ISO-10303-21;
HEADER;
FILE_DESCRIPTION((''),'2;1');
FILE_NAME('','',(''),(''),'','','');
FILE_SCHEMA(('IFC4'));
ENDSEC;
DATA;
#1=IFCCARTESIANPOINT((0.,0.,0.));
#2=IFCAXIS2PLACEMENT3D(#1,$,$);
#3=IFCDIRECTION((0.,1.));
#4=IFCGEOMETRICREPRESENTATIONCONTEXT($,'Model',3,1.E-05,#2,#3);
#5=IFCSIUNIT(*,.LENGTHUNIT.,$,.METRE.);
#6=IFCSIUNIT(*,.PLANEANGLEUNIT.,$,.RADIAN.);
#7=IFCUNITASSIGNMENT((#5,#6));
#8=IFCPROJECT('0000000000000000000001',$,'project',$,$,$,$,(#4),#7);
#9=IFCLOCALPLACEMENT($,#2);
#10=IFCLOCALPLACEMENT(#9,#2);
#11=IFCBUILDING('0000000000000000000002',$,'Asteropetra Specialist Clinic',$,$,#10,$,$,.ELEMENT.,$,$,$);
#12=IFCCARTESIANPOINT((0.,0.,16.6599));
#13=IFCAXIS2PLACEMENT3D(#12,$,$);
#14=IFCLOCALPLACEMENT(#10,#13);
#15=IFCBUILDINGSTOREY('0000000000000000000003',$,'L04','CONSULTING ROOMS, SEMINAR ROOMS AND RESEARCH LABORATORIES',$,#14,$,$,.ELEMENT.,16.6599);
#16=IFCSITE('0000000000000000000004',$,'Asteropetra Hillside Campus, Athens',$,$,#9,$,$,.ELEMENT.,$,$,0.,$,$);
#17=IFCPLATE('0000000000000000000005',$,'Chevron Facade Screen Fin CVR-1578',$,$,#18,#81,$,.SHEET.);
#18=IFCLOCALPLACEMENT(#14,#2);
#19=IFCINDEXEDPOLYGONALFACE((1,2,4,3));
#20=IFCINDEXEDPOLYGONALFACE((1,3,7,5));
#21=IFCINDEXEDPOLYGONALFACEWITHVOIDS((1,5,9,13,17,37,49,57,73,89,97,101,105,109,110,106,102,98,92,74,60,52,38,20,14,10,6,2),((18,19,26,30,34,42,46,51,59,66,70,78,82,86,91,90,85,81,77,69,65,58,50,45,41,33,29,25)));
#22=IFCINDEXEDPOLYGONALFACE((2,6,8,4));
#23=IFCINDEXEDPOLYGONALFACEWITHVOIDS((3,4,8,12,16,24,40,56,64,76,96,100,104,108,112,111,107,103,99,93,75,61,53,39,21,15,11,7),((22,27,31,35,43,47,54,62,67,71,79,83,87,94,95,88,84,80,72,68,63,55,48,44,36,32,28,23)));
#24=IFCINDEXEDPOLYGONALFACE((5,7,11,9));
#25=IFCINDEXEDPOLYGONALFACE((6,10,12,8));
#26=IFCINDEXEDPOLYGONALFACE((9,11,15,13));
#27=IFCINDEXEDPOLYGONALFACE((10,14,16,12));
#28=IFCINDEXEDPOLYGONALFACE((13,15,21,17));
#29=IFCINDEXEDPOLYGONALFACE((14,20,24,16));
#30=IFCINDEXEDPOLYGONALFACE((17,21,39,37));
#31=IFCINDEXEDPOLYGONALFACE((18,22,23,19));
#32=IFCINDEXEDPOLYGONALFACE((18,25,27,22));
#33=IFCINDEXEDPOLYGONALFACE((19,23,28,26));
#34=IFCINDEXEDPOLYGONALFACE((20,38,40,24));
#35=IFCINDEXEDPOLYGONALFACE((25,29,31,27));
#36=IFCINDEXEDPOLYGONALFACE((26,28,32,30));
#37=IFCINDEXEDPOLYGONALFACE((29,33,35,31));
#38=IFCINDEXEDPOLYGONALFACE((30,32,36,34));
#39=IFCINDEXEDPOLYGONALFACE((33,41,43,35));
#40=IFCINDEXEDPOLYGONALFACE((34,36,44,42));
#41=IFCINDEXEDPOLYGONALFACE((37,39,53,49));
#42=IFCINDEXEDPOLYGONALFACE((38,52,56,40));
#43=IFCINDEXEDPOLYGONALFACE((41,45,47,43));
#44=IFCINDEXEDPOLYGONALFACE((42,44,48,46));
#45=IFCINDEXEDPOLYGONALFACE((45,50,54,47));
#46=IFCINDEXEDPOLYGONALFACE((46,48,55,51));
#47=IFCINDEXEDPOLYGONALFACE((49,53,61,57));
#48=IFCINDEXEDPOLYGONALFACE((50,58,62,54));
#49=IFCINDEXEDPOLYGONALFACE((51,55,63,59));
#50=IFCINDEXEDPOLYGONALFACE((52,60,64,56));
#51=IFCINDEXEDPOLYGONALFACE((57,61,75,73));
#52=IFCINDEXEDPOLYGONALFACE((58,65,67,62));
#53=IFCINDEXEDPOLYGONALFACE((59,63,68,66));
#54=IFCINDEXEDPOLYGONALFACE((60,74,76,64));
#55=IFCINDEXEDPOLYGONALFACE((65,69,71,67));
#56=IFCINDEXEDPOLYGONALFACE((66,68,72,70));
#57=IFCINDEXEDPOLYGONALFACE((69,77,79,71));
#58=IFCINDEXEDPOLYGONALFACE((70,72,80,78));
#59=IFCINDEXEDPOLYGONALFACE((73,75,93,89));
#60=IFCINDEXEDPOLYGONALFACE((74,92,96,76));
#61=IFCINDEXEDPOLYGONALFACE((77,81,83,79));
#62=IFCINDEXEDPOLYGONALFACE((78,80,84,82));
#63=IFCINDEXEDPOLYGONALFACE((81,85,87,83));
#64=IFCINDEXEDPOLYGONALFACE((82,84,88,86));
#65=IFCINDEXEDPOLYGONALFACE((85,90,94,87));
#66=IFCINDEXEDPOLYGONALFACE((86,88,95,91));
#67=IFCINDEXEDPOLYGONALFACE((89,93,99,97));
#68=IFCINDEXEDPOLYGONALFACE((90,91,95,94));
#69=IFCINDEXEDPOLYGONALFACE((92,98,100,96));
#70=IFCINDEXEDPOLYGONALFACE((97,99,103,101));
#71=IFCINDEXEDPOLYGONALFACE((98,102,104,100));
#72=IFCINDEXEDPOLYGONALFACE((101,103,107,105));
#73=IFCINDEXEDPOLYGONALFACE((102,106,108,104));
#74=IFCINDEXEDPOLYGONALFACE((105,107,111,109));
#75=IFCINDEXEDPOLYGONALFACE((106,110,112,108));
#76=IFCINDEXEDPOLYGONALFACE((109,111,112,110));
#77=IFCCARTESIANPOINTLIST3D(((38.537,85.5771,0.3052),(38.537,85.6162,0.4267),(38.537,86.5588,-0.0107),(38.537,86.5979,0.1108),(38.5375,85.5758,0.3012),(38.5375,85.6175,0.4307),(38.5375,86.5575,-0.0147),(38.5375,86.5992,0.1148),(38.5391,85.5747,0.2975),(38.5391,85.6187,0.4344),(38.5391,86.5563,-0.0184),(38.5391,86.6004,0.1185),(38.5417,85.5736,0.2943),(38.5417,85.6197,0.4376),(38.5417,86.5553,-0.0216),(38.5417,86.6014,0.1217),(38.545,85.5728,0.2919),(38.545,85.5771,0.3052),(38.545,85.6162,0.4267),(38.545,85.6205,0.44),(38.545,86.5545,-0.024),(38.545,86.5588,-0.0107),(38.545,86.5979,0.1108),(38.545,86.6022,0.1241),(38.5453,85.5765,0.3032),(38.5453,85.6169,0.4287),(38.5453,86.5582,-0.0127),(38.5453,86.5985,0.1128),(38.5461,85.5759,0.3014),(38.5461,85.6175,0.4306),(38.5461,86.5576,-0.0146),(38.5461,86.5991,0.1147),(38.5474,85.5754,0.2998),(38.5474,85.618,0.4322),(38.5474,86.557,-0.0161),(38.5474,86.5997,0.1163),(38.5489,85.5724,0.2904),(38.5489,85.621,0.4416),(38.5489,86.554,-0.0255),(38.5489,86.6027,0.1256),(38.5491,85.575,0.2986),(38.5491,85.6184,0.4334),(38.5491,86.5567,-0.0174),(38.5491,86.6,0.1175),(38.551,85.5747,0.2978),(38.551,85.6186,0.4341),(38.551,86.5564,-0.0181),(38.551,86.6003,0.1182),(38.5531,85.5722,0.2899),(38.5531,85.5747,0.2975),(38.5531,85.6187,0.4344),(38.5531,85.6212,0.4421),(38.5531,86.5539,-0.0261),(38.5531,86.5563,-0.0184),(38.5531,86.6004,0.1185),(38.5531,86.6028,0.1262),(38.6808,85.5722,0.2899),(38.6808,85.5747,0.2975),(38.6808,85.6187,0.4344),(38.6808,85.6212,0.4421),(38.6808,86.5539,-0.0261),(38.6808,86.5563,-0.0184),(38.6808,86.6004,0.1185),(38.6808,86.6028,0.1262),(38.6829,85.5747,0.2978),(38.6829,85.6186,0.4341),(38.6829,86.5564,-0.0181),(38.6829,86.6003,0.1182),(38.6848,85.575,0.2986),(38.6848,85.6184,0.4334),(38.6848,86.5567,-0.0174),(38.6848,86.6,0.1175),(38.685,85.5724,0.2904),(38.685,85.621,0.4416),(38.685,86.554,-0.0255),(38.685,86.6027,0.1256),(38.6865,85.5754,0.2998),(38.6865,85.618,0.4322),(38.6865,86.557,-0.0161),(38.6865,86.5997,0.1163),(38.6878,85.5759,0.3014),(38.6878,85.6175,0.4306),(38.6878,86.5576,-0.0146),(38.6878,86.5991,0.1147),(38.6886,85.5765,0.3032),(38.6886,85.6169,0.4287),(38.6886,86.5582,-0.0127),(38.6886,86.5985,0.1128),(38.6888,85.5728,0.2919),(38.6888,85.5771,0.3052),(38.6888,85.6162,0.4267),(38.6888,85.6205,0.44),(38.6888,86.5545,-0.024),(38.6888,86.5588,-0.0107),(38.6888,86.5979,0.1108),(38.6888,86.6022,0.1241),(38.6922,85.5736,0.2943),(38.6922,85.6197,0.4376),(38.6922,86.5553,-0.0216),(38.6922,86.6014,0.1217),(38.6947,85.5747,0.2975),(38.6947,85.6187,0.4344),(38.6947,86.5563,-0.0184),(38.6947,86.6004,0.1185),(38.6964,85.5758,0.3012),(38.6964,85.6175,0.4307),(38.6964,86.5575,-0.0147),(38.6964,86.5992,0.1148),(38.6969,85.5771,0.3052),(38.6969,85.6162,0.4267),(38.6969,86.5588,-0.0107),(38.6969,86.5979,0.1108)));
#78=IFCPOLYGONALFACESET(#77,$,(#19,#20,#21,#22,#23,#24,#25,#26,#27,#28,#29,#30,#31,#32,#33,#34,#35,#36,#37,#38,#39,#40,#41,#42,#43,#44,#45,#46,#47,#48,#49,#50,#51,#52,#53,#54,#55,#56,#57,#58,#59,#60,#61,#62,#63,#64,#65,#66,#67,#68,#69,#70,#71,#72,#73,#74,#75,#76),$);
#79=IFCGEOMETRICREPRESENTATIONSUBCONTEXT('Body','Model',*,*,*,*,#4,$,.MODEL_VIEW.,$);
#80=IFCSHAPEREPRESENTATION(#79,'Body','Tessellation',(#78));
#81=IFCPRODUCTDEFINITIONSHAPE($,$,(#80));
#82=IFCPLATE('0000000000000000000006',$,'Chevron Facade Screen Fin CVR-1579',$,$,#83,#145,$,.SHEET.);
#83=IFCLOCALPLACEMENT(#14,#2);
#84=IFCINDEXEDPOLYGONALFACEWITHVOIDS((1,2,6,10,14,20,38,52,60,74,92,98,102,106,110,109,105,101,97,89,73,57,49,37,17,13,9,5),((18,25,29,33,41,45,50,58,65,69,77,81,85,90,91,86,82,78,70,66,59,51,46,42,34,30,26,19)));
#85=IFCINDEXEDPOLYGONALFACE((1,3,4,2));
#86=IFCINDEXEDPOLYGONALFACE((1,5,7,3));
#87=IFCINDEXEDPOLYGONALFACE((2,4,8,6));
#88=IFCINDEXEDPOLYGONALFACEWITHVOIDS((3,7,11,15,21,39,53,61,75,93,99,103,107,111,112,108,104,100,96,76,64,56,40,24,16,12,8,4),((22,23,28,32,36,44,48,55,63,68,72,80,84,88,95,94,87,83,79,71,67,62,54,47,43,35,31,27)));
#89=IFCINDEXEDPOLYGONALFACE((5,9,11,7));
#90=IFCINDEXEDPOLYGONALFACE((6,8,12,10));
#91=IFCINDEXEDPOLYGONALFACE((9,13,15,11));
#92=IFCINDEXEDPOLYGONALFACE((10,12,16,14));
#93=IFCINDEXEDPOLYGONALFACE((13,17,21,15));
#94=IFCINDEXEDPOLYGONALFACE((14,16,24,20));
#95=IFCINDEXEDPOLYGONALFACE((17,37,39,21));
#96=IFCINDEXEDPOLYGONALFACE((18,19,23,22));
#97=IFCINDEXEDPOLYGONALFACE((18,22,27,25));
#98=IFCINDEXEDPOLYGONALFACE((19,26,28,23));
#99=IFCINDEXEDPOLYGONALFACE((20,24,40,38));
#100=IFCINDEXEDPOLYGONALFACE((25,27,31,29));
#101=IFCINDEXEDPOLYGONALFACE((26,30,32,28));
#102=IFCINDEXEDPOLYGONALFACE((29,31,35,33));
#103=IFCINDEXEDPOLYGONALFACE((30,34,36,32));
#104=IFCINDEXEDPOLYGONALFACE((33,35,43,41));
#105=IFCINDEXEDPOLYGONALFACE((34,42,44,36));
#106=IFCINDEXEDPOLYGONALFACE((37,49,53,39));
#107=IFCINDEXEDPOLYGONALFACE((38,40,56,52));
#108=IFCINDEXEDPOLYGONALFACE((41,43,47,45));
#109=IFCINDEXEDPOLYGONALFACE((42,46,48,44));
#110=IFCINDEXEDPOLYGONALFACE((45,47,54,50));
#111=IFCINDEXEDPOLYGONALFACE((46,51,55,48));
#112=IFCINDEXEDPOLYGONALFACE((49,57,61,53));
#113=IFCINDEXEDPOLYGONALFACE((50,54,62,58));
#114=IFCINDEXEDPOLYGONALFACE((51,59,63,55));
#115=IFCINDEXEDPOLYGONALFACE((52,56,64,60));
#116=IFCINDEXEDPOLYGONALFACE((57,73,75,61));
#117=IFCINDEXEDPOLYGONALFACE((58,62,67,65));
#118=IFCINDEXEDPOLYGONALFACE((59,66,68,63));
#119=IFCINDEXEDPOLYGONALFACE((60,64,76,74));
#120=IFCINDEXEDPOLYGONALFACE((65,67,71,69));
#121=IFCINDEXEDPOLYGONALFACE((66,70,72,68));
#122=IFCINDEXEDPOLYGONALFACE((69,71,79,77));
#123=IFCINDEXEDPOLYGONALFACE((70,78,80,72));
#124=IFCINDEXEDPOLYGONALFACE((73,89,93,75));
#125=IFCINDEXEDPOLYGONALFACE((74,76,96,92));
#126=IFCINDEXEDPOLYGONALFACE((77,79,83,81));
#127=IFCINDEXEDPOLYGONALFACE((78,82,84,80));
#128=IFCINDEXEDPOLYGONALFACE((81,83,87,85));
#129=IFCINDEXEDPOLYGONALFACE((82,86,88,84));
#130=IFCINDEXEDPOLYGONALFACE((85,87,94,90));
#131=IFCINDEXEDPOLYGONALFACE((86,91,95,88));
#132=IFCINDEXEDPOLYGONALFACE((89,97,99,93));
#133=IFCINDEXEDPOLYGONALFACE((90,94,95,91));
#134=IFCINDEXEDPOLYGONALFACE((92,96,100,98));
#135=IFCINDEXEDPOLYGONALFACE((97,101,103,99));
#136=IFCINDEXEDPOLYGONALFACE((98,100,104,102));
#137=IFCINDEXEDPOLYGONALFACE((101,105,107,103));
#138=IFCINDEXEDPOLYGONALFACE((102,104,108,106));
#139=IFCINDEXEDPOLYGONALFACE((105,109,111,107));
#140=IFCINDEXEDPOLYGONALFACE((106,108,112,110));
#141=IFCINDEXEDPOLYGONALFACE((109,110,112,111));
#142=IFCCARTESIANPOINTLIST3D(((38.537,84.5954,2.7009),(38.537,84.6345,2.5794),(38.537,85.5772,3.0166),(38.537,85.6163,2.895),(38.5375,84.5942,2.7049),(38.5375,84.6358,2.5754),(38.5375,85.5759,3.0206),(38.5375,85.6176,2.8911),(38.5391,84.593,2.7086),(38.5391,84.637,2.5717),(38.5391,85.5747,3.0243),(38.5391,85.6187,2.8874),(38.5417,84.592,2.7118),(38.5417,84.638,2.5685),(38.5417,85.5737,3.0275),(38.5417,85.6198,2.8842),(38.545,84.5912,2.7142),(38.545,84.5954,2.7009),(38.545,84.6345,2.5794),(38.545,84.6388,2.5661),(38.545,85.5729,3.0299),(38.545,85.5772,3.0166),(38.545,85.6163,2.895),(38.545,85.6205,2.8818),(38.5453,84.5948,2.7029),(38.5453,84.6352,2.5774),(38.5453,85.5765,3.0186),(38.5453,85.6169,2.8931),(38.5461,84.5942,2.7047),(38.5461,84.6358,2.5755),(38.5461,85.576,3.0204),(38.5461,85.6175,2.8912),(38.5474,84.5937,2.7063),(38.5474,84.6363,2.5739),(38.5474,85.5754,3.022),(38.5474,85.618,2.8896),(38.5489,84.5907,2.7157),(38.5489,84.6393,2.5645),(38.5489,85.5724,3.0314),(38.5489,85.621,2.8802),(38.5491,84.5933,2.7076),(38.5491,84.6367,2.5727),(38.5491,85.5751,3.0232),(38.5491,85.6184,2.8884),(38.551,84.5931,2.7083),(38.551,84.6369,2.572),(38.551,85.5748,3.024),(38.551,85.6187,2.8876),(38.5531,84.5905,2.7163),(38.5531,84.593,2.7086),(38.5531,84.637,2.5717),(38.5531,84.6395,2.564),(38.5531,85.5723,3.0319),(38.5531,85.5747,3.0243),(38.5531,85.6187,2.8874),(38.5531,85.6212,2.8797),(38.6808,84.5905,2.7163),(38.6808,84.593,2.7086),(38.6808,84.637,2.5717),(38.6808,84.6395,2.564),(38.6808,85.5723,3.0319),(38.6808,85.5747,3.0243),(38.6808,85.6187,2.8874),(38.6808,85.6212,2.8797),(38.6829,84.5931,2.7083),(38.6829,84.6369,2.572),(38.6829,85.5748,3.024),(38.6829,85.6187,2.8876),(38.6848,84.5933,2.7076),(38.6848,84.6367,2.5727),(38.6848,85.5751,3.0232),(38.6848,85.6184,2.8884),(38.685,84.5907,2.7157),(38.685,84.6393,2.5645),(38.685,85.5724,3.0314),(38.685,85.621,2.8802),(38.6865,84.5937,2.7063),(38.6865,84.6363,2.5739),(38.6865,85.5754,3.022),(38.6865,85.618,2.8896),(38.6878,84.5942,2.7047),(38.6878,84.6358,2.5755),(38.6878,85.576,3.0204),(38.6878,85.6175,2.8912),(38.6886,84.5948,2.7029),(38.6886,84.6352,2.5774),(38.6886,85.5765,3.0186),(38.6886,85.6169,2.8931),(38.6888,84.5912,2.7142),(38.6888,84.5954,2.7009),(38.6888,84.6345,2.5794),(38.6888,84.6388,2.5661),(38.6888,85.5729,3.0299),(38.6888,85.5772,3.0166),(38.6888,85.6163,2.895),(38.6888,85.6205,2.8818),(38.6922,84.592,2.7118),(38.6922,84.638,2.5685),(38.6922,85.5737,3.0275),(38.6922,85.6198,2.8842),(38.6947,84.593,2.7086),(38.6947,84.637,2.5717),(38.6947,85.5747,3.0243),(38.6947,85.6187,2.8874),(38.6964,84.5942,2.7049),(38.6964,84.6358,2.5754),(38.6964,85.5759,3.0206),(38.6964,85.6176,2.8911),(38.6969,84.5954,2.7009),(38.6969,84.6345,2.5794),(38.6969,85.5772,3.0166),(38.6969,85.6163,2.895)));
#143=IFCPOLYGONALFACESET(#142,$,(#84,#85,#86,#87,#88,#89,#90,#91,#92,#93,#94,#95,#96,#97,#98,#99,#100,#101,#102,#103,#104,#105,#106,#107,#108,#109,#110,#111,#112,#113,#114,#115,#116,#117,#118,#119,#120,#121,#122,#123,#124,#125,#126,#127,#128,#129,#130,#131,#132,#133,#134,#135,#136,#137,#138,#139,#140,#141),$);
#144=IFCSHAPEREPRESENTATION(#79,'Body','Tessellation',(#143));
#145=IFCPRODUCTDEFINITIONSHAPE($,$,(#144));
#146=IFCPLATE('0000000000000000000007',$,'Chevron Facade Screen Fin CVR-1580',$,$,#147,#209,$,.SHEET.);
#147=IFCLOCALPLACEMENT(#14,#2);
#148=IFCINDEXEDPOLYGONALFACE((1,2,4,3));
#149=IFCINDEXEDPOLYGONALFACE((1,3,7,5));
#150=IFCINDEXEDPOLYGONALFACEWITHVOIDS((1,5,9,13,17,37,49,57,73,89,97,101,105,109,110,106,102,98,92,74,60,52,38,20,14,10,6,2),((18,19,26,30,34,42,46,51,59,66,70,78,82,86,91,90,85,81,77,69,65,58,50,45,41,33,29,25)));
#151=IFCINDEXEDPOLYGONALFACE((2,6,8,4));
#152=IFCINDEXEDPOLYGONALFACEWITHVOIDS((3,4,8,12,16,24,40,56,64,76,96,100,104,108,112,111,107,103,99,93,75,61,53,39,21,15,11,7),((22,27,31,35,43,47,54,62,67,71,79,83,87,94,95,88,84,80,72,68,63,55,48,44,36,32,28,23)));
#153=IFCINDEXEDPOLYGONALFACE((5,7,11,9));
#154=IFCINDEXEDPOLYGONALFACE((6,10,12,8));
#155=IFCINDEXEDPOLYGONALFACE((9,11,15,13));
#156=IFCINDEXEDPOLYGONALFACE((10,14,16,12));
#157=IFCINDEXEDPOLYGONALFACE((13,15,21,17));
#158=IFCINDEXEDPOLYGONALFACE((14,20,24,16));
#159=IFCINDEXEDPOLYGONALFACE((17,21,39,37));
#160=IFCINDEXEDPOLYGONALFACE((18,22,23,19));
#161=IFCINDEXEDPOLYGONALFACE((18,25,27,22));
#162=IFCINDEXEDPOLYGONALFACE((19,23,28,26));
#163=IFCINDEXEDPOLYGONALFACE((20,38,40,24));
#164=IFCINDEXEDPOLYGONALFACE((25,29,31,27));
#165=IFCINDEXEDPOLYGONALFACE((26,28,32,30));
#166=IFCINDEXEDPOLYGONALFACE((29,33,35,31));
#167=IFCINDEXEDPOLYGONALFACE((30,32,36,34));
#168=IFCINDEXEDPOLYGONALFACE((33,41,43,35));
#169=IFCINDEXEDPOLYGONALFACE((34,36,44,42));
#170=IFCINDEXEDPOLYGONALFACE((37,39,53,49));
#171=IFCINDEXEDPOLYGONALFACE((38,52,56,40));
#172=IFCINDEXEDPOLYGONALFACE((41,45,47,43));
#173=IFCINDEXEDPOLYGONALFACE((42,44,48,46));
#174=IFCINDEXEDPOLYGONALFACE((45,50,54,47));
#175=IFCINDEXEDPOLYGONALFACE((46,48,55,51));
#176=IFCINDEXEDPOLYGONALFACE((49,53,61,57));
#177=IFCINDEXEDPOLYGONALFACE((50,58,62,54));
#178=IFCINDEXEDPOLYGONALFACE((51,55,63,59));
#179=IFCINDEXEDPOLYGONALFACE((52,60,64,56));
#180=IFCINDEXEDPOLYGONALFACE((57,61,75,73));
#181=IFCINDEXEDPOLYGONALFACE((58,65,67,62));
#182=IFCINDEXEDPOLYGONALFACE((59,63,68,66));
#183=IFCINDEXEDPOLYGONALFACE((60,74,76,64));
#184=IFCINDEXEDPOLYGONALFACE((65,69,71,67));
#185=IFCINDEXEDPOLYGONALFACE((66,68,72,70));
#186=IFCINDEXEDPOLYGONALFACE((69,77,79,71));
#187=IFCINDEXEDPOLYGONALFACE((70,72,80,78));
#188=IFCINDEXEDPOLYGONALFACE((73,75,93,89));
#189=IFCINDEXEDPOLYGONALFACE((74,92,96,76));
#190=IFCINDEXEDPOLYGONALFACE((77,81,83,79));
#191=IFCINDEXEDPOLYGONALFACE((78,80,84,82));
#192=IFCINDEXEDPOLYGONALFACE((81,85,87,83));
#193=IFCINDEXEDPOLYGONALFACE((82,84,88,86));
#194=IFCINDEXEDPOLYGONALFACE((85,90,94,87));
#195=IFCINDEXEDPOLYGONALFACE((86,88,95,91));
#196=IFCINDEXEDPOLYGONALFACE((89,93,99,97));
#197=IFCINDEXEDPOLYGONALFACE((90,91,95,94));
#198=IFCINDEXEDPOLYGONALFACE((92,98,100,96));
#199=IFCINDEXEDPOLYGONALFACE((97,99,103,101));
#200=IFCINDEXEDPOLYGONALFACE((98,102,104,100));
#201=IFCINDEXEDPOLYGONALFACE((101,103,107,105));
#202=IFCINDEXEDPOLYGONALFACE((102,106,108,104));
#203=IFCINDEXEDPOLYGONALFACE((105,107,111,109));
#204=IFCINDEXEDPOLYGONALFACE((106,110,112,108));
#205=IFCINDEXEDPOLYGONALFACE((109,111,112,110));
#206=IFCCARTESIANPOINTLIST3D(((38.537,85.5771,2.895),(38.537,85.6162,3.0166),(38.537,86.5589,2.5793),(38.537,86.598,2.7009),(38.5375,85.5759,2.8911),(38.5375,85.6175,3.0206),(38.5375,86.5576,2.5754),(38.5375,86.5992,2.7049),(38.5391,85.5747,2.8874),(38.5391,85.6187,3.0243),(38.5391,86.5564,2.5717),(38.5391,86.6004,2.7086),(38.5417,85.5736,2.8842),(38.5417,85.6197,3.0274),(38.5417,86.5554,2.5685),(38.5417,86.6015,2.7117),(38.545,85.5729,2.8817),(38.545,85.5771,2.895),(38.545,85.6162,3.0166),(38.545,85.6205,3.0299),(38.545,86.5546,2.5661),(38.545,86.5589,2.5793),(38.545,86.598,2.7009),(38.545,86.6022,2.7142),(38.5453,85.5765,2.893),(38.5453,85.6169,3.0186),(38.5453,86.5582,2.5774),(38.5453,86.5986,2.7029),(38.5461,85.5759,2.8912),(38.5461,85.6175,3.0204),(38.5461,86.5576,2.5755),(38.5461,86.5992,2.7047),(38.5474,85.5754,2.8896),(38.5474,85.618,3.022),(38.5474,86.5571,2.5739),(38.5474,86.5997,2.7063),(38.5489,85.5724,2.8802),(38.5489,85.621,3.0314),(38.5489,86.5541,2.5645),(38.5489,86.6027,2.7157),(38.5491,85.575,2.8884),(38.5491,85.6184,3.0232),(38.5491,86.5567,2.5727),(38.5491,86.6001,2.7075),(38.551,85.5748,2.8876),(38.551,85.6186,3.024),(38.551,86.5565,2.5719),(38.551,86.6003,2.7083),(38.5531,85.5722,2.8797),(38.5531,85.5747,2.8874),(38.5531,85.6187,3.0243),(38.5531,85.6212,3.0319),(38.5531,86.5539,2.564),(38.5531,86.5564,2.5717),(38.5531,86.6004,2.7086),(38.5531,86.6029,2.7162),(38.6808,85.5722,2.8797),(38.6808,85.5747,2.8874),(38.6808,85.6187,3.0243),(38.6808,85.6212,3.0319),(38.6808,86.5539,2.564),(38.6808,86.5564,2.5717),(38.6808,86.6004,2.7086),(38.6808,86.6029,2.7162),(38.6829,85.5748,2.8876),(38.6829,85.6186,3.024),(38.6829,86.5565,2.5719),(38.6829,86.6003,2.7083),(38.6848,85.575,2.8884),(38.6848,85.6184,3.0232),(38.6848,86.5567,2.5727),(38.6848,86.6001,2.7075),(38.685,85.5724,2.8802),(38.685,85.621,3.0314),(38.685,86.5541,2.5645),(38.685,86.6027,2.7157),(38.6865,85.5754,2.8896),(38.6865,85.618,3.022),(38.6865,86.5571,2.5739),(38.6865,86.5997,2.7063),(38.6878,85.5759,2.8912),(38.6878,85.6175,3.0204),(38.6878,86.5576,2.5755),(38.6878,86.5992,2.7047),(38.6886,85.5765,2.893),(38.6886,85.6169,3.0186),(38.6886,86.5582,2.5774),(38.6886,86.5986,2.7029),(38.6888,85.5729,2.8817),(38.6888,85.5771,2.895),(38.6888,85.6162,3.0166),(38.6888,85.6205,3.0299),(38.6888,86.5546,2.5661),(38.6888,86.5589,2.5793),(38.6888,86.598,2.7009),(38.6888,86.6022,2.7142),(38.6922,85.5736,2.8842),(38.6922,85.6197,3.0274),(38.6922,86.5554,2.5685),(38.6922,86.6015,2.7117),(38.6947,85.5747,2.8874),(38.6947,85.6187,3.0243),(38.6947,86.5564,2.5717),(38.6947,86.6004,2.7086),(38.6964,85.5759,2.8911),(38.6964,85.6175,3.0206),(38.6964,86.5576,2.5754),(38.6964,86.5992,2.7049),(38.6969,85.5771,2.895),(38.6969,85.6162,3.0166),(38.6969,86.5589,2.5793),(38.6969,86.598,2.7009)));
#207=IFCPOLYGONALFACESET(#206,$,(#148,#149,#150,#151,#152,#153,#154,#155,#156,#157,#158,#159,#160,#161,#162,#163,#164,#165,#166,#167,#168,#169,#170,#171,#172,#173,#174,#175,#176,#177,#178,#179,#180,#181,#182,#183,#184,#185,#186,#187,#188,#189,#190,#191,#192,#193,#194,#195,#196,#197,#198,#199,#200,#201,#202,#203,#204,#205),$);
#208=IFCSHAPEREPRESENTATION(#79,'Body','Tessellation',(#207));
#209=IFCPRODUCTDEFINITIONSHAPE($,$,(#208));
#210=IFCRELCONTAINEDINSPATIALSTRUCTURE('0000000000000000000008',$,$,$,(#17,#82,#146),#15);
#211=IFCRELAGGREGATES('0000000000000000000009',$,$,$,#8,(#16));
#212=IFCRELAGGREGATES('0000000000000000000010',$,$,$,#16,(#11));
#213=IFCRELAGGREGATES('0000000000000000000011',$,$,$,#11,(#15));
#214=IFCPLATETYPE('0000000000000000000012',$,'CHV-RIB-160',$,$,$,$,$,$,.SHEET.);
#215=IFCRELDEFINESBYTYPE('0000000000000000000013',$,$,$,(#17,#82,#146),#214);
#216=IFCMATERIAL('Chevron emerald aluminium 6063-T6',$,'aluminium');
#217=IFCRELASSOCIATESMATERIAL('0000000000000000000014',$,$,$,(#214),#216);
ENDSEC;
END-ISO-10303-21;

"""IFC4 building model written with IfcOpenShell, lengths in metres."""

from ifc_helpers import new_model, si_unit, direction, frame, origin, origin_2d, place, context, subcontext, project, spatial, hollow_rectangle, extrude, material, material_profile, profile_set, type_object, element, save


model = new_model("IFC4")

# Units and contexts
model_context = context("Model", 3, precision=1e-05, world=origin(), true_north=direction((0.0, 1.0)))
body_context = subcontext(model_context, "Body", "Model", "MODEL_VIEW")
ifc_project = project(units=[si_unit("LENGTHUNIT", "METRE"), si_unit("PLANEANGLEUNIT", "RADIAN")], contexts=[model_context])

# Site, building, storey
site_placement = place(None, origin())
site = spatial("IfcSite", under=ifc_project, at=site_placement, Name="Asteropetra Hillside Campus, Athens", CompositionType="ELEMENT", RefElevation=0.0)
building_placement = place(site_placement, origin())
building = spatial("IfcBuilding", under=site, at=building_placement, Name="Asteropetra Specialist Clinic", CompositionType="ELEMENT")
storey_placement = place(building_placement, frame((0.0, 0.0, 16.6599)))
storey = spatial("IfcBuildingStorey", under=building, at=storey_placement, Name="L04", Description="CONSULTING ROOMS, SEMINAR ROOMS AND RESEARCH LABORATORIES", CompositionType="ELEMENT", Elevation=16.6599)

# Plates
ifc_material_1 = material(Name="Chevron emerald aluminium 6063-T6", Category="aluminium")
ifc_material_profile = material_profile(ifc_material_1, hollow_rectangle(XDim=0.1599, YDim=0.1599, WallThickness=0.0081, InnerFilletRadius=0.0081, OuterFilletRadius=0.0161, at=origin_2d()), Name="SHS 160x160x8.0")
ifc_profile_set = profile_set([ifc_material_profile], Name="Chevron emerald aluminium 6063-T6")
plate_type = type_object("IfcPlateType", Name="CHV-RIB-160", PredefinedType="SHEET", material=ifc_profile_set)
for number, where, z_axis, x_axis, name in (
    (1, (38.6169, 85.5967, 0.366), (0.0, 0.951923, -0.306339), (-1.0, 0.0, 0.0), "Chevron Facade Screen Fin CVR-1578"),
    (2, (38.6169, 84.615, 2.6401), (0.0, 0.951992, 0.306124), (-1.0, 0.0, 0.0), "Chevron Facade Screen Fin CVR-1579"),
    (3, (38.6169, 85.5967, 2.9558), (0.0, 0.951992, -0.306124), (-1.0, 0.0, 0.0), "Chevron Facade Screen Fin CVR-1580"),
):
    element("IfcPlate", number, at=place(storey_placement, frame(where, z_axis=z_axis, x_axis=x_axis)), inside=storey, type_object=plate_type, Name=name, PredefinedType="SHEET", context=body_context, shape_type="SweptSolid", body=[
        extrude(hollow_rectangle(XDim=0.1599, YDim=0.1599, WallThickness=0.0081, InnerFilletRadius=0.0081, OuterFilletRadius=0.0161, at=origin_2d()), origin(), (0.0, 0.0, 1.0), 1.0312),
    ])

save(model, "model.ifc")
